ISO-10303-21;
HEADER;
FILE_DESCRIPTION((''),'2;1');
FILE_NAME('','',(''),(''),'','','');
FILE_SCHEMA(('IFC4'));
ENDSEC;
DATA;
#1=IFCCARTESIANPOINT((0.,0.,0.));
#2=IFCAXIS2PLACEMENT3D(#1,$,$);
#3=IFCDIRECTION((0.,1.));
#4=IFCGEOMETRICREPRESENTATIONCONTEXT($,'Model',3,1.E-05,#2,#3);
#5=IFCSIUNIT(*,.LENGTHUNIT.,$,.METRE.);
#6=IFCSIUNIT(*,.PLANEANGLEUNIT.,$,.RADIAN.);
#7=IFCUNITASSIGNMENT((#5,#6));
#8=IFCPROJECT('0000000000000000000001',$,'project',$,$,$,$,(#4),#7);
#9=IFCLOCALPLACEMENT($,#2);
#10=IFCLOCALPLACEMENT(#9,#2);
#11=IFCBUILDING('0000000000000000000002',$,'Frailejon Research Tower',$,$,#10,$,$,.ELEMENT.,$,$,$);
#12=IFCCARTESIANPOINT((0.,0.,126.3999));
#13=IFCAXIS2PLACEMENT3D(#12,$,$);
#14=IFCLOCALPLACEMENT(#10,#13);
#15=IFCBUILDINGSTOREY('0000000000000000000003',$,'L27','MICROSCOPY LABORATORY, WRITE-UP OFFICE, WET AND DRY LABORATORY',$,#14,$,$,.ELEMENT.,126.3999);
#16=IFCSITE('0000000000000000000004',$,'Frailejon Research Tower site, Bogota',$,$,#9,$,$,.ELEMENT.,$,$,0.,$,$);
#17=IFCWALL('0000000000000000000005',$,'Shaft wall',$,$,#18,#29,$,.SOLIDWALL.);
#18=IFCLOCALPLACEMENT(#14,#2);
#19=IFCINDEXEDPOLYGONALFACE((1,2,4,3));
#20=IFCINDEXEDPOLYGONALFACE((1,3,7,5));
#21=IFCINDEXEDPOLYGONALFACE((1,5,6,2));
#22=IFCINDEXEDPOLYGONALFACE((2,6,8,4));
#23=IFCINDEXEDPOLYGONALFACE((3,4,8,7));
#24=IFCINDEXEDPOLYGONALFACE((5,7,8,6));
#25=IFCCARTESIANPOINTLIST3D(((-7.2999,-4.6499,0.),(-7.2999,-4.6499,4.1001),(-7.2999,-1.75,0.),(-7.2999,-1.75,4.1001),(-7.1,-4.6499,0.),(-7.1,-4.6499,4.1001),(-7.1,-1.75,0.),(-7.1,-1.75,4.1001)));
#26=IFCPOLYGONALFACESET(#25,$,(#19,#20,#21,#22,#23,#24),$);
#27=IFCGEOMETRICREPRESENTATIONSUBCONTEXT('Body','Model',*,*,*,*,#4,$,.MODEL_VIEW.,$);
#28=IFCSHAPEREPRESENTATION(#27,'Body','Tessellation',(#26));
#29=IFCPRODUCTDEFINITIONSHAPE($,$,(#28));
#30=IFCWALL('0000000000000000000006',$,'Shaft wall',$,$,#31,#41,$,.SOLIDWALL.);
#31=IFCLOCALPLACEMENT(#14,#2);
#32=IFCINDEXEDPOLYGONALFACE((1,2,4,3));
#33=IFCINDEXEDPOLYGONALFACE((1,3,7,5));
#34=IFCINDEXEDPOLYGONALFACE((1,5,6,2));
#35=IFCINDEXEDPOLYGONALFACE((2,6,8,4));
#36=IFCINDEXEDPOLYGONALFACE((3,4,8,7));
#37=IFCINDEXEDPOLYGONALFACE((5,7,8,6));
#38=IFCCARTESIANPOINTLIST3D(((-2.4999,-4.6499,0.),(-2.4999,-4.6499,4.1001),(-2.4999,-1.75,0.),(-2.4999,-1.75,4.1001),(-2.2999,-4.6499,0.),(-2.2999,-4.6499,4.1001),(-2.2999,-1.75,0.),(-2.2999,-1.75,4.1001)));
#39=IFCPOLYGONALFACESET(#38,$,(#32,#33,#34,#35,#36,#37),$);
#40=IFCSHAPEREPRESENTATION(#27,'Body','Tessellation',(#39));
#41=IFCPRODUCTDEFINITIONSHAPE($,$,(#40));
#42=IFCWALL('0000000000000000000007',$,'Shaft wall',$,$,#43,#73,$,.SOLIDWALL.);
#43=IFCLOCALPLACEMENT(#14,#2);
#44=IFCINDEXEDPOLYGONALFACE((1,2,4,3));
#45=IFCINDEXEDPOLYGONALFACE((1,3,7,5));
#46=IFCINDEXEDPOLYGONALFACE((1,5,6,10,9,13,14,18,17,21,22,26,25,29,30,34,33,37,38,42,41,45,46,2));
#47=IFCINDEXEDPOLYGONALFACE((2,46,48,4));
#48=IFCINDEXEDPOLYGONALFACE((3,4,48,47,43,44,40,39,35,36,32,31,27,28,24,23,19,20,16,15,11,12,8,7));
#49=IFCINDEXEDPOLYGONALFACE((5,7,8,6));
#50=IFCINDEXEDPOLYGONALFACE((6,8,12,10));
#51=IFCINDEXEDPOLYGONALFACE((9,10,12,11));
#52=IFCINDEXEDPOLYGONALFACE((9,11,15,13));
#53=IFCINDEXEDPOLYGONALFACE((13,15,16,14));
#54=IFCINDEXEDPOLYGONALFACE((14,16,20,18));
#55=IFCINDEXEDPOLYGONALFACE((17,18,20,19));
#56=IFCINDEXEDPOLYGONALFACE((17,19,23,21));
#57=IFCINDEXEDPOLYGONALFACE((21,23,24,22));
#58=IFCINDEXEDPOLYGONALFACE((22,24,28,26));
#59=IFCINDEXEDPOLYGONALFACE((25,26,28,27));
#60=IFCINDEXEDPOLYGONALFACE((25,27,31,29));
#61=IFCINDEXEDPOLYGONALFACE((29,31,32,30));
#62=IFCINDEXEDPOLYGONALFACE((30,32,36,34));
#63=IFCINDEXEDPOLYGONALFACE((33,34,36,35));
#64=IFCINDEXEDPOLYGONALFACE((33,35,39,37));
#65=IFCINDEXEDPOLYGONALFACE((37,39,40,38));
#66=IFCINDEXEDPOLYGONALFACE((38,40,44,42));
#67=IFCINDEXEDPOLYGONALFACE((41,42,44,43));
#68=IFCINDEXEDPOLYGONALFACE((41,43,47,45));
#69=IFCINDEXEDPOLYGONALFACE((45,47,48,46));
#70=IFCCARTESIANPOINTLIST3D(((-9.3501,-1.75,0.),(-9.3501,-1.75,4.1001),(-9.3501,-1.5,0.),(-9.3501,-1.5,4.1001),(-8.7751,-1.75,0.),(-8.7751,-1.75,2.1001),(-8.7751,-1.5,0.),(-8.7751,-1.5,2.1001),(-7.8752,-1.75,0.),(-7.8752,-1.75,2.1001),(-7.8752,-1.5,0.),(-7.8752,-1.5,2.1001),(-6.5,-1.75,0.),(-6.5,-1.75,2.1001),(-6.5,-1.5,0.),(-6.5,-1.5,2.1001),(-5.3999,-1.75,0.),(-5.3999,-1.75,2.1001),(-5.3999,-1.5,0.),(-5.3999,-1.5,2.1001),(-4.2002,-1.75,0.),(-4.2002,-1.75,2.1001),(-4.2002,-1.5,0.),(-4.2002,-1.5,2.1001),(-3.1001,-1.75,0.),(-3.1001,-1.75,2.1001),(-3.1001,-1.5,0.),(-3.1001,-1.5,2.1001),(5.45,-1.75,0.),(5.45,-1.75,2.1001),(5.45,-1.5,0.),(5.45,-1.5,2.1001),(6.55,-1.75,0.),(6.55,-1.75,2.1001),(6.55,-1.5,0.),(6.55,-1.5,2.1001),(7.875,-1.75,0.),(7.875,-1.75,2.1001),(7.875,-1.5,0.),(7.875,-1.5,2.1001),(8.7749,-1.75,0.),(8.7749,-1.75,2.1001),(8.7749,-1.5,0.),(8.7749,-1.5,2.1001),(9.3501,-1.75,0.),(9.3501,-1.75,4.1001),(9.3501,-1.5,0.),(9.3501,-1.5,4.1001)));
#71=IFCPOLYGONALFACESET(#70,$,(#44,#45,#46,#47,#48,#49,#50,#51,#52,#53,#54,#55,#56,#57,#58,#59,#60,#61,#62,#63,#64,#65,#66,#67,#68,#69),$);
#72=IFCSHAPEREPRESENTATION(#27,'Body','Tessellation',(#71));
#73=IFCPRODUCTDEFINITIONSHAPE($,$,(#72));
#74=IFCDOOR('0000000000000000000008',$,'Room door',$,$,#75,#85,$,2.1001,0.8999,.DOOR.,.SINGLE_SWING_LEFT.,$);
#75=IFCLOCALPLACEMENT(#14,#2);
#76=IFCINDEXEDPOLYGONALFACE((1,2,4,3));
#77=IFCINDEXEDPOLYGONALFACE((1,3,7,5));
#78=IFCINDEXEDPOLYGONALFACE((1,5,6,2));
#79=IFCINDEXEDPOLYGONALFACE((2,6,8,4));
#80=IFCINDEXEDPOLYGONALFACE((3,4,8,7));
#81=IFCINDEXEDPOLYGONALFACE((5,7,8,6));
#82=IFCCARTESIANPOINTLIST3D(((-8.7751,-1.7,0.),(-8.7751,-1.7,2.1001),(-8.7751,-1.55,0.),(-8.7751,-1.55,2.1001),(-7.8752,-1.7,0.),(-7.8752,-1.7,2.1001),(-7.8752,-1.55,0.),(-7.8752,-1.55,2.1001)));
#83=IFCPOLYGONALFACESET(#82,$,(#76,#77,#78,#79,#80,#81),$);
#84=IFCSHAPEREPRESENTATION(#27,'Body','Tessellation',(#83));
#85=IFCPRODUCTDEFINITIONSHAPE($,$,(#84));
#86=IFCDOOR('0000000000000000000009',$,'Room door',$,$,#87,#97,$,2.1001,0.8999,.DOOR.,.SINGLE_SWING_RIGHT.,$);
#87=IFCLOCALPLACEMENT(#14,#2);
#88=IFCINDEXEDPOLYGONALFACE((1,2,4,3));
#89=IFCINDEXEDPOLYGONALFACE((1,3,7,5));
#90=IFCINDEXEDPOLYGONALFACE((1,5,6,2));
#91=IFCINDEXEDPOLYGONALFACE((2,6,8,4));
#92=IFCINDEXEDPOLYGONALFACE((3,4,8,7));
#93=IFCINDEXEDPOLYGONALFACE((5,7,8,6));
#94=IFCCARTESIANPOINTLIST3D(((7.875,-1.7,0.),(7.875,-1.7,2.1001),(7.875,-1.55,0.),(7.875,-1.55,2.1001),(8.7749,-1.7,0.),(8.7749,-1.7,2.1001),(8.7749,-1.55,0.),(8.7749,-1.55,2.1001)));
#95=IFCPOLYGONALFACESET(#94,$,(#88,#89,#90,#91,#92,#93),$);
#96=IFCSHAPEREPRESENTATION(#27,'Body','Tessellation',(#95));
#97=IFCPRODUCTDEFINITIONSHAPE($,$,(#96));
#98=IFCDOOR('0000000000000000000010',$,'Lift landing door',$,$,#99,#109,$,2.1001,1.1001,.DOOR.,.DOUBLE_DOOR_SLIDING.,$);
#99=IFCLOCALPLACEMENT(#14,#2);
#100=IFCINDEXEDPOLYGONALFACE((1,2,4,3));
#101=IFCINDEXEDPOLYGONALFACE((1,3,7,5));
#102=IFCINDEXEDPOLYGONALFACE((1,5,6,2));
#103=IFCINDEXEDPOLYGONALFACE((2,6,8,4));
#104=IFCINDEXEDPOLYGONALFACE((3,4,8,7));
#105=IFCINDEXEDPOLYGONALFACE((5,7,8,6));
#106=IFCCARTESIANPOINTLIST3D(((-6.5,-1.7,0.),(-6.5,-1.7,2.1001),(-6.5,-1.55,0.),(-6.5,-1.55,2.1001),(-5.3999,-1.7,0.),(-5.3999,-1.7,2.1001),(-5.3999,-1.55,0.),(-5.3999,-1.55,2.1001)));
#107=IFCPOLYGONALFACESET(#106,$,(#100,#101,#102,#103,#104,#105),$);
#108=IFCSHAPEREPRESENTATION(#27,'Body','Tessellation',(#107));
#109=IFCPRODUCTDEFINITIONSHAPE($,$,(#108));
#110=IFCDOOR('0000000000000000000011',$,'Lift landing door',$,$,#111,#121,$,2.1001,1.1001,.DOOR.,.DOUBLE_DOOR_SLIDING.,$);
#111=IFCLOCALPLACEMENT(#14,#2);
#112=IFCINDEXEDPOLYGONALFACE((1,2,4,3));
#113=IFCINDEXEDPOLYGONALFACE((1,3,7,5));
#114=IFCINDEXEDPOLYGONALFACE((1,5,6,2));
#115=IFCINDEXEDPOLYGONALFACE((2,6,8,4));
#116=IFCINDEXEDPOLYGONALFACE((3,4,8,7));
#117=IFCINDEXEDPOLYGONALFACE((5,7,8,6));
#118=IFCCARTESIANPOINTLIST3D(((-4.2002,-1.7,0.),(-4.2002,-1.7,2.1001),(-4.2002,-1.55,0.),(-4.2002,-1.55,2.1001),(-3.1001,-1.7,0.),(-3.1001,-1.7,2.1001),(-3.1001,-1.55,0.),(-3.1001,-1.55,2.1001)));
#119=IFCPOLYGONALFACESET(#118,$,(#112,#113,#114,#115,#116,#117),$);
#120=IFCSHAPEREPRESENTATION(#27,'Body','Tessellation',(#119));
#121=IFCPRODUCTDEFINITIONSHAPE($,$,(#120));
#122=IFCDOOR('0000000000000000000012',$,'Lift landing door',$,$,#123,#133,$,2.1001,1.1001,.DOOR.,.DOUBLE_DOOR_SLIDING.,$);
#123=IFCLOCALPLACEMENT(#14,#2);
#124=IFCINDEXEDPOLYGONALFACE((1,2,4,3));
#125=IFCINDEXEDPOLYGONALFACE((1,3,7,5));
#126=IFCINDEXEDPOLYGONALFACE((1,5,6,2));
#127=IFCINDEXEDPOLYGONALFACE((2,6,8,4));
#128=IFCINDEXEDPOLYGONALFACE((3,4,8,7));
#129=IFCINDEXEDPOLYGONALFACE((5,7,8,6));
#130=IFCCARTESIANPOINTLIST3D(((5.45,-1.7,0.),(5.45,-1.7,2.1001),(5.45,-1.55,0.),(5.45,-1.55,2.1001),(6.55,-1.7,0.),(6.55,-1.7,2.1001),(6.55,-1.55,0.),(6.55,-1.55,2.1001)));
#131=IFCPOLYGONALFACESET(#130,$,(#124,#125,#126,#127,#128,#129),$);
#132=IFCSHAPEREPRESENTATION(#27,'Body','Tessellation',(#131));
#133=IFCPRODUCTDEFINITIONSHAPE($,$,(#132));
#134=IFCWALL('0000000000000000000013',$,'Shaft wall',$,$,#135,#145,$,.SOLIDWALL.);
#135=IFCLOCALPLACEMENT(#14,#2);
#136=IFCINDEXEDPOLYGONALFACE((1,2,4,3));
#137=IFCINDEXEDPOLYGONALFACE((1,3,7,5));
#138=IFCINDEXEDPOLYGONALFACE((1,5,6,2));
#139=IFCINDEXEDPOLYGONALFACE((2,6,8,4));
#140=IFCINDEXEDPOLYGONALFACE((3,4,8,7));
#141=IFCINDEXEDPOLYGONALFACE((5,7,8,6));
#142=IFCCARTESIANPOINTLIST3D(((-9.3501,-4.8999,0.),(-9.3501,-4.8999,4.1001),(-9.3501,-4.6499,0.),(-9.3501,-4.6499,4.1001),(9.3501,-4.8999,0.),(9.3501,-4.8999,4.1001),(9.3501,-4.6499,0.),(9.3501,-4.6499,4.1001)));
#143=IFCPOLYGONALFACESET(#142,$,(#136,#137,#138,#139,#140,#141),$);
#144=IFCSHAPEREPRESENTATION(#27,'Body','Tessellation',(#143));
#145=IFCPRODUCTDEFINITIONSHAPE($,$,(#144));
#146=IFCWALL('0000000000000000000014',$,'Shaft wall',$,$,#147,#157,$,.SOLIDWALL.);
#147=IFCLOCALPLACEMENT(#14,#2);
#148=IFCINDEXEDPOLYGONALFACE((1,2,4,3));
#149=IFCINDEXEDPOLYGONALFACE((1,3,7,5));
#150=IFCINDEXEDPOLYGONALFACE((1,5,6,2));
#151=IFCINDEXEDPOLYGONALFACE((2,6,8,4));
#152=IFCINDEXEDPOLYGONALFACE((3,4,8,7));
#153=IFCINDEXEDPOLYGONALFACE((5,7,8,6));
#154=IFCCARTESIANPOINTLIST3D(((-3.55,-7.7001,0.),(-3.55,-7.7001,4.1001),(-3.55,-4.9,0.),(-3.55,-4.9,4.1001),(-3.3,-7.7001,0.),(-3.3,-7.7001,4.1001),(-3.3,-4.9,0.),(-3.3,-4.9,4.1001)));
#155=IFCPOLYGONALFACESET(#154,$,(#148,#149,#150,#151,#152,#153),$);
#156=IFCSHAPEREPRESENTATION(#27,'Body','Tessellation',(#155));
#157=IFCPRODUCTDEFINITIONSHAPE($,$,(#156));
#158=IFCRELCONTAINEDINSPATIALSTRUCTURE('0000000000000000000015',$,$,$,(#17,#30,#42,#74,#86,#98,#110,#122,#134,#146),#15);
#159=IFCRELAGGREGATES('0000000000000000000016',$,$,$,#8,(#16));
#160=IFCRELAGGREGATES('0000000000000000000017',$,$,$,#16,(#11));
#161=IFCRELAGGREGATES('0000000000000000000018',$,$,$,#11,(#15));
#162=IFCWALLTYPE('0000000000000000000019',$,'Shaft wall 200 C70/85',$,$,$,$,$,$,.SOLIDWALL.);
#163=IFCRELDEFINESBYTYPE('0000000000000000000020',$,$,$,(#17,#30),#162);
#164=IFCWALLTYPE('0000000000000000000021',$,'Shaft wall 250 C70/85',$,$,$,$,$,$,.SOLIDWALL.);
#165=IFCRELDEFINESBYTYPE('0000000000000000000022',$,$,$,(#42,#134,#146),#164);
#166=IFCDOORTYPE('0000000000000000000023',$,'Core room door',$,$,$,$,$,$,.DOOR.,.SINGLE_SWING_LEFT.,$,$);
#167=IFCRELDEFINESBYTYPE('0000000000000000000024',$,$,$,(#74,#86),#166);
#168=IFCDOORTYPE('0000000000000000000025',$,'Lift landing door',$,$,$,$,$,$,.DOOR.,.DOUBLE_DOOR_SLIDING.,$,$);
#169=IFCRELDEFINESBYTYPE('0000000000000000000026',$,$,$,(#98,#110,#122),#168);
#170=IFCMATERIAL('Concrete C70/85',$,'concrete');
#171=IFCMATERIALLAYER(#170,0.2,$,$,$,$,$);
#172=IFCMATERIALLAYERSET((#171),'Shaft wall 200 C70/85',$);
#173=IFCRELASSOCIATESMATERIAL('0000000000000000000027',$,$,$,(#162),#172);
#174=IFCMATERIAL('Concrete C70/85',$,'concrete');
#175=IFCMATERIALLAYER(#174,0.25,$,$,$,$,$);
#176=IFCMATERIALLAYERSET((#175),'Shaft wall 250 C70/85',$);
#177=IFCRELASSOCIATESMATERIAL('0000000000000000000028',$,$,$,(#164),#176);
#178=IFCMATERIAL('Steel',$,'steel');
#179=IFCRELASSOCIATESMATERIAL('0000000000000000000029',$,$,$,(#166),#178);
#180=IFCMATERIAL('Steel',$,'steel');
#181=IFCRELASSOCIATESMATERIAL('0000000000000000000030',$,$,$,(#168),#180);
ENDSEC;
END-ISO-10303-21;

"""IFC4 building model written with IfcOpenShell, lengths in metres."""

from ifc_helpers import new_model, si_unit, direction, frame, frame_2d, origin, place, context, subcontext, project, spatial, rectangle, extrude, material, layer, layer_set, type_object, element, fill, save


model = new_model("IFC4")

# Units and contexts
model_context = context("Model", 3, precision=1e-05, world=origin(), true_north=direction((0.0, 1.0)))
body_context = subcontext(model_context, "Body", "Model", "MODEL_VIEW")
ifc_project = project(units=[si_unit("LENGTHUNIT", "METRE"), si_unit("PLANEANGLEUNIT", "RADIAN")], contexts=[model_context])

# Site, building, storey
site_placement = place(None, origin())
site = spatial("IfcSite", under=ifc_project, at=site_placement, Name="Frailejon Research Tower site, Bogota", CompositionType="ELEMENT", RefElevation=0.0)
building_placement = place(site_placement, origin())
building = spatial("IfcBuilding", under=site, at=building_placement, Name="Frailejon Research Tower", CompositionType="ELEMENT")
storey_placement = place(building_placement, frame((0.0, 0.0, 126.3999)))
storey = spatial("IfcBuildingStorey", under=building, at=storey_placement, Name="L27", Description="MICROSCOPY LABORATORY, WRITE-UP OFFICE, WET AND DRY LABORATORY", CompositionType="ELEMENT", Elevation=126.3999)

# Walls
ifc_material_1 = material(Name="Concrete C70/85", Category="concrete")
ifc_layer_1 = layer(ifc_material_1, 0.2)
ifc_layer_set_1 = layer_set([ifc_layer_1], Name="Shaft wall 200 C70/85")
wall_type_1 = type_object("IfcWallType", Name="Shaft wall 200 C70/85", PredefinedType="SOLIDWALL", material=ifc_layer_set_1)
for number, where, z_axis, x_axis, name in (
    (1, (-7.2, -4.6499, 0.0), (0.0, 0.0, 1.0), (0.0, 1.0, 0.0), "Shaft wall"),
    (2, (-2.3999, -4.6499, 0.0), (0.0, 0.0, 1.0), (0.0, 1.0, 0.0), "Shaft wall"),
):
    element("IfcWall", number, at=place(storey_placement, frame(where, z_axis=z_axis, x_axis=x_axis)), inside=storey, type_object=wall_type_1, Name=name, PredefinedType="SOLIDWALL", context=body_context, shape_type="SweptSolid", body=[
        extrude(rectangle(XDim=2.8999, YDim=0.2, at=frame_2d((1.45, 0.0))), origin(), (0.0, 0.0, 1.0), 4.1001),
    ])

# Wall, openings, doors
ifc_material_2 = material(Name="Concrete C70/85", Category="concrete")
ifc_layer_2 = layer(ifc_material_2, 0.25)
ifc_layer_set_2 = layer_set([ifc_layer_2], Name="Shaft wall 250 C70/85")
wall_type_2 = type_object("IfcWallType", Name="Shaft wall 250 C70/85", PredefinedType="SOLIDWALL", material=ifc_layer_set_2)
wall_1_placement = place(storey_placement, frame((-9.3501, -1.625, 0.0), z_axis=(0.0, 0.0, 1.0), x_axis=(1.0, 0.0, 0.0)))
wall_1 = element("IfcWall", 3, at=wall_1_placement, inside=storey, type_object=wall_type_2, Name="Shaft wall", PredefinedType="SOLIDWALL", context=body_context, shape_type="SweptSolid", body=[
    extrude(rectangle(XDim=18.7002, YDim=0.25, at=frame_2d((9.3501, 0.0))), origin(), (0.0, 0.0, 1.0), 4.1001),
])
opening_1_placement = place(wall_1_placement, frame((2.8501, 0.0, 0.0)))
opening_1 = element("IfcOpeningElement", 4, at=opening_1_placement, cuts=wall_1, PredefinedType="OPENING", context=body_context, shape_type="SweptSolid", body=[
    extrude(rectangle(XDim=1.1001, YDim=2.1001, at=frame_2d((0.55, 1.05))), frame((0.0, 0.135, 0.0), z_axis=(0.0, -1.0, 0.0), x_axis=(1.0, 0.0, 0.0)), (0.0, 0.0, 1.0), 0.27),
])
opening_2_placement = place(wall_1_placement, frame((5.1499, 0.0, 0.0)))
opening_2 = element("IfcOpeningElement", 5, at=opening_2_placement, cuts=wall_1, PredefinedType="OPENING", context=body_context, shape_type="SweptSolid", body=[
    extrude(rectangle(XDim=1.1001, YDim=2.1001, at=frame_2d((0.55, 1.05))), frame((0.0, 0.135, 0.0), z_axis=(0.0, -1.0, 0.0), x_axis=(1.0, 0.0, 0.0)), (0.0, 0.0, 1.0), 0.27),
])
opening_3_placement = place(wall_1_placement, frame((14.8, 0.0, 0.0)))
opening_3 = element("IfcOpeningElement", 6, at=opening_3_placement, cuts=wall_1, PredefinedType="OPENING", context=body_context, shape_type="SweptSolid", body=[
    extrude(rectangle(XDim=1.1001, YDim=2.1001, at=frame_2d((0.55, 1.05))), frame((0.0, 0.135, 0.0), z_axis=(0.0, -1.0, 0.0), x_axis=(1.0, 0.0, 0.0)), (0.0, 0.0, 1.0), 0.27),
])
opening_4_placement = place(wall_1_placement, frame((0.575, 0.0, 0.0)))
opening_4 = element("IfcOpeningElement", 7, at=opening_4_placement, cuts=wall_1, PredefinedType="OPENING", context=body_context, shape_type="SweptSolid", body=[
    extrude(rectangle(XDim=0.8999, YDim=2.1001, at=frame_2d((0.45, 1.05))), frame((0.0, 0.135, 0.0), z_axis=(0.0, -1.0, 0.0), x_axis=(1.0, 0.0, 0.0)), (0.0, 0.0, 1.0), 0.27),
])
opening_5_placement = place(wall_1_placement, frame((17.2251, 0.0, 0.0)))
opening_5 = element("IfcOpeningElement", 8, at=opening_5_placement, cuts=wall_1, PredefinedType="OPENING", context=body_context, shape_type="SweptSolid", body=[
    extrude(rectangle(XDim=0.8999, YDim=2.1001, at=frame_2d((0.45, 1.05))), frame((0.0, 0.135, 0.0), z_axis=(0.0, -1.0, 0.0), x_axis=(1.0, 0.0, 0.0)), (0.0, 0.0, 1.0), 0.27),
])
ifc_material_3 = material(Name="Steel", Category="steel")
door_type_1 = type_object("IfcDoorType", Name="Core room door", OperationType="SINGLE_SWING_LEFT", PredefinedType="DOOR", material=ifc_material_3)
door_1_placement = place(opening_4_placement, origin())
door_1 = element("IfcDoor", 9, at=door_1_placement, inside=storey, type_object=door_type_1, Name="Room door", OperationType="SINGLE_SWING_LEFT", OverallHeight=2.1001, OverallWidth=0.8999, PredefinedType="DOOR", context=body_context, shape_type="SweptSolid", body=[
    extrude(rectangle(XDim=0.8999, YDim=2.1001, at=frame_2d((0.45, 1.05))), frame((0.0, 0.075, 0.0), z_axis=(0.0, -1.0, 0.0), x_axis=(1.0, 0.0, 0.0)), (0.0, 0.0, 1.0), 0.1499),
])
fill(opening_4, door_1)
door_2_placement = place(opening_5_placement, origin())
door_2 = element("IfcDoor", 10, at=door_2_placement, inside=storey, type_object=door_type_1, Name="Room door", OperationType="SINGLE_SWING_RIGHT", OverallHeight=2.1001, OverallWidth=0.8999, PredefinedType="DOOR", context=body_context, shape_type="SweptSolid", body=[
    extrude(rectangle(XDim=0.8999, YDim=2.1001, at=frame_2d((0.45, 1.05))), frame((0.0, 0.075, 0.0), z_axis=(0.0, -1.0, 0.0), x_axis=(1.0, 0.0, 0.0)), (0.0, 0.0, 1.0), 0.1499),
])
fill(opening_5, door_2)
ifc_material_4 = material(Name="Steel", Category="steel")
door_type_2 = type_object("IfcDoorType", Name="Lift landing door", OperationType="DOUBLE_DOOR_SLIDING", PredefinedType="DOOR", material=ifc_material_4)
door_3_placement = place(opening_1_placement, origin())
door_3 = element("IfcDoor", 11, at=door_3_placement, inside=storey, type_object=door_type_2, Name="Lift landing door", OperationType="DOUBLE_DOOR_SLIDING", OverallHeight=2.1001, OverallWidth=1.1001, PredefinedType="DOOR", context=body_context, shape_type="SweptSolid", body=[
    extrude(rectangle(XDim=1.1001, YDim=2.1001, at=frame_2d((0.55, 1.05))), frame((0.0, 0.075, 0.0), z_axis=(0.0, -1.0, 0.0), x_axis=(1.0, 0.0, 0.0)), (0.0, 0.0, 1.0), 0.1499),
])
fill(opening_1, door_3)
door_4_placement = place(opening_2_placement, origin())
door_4 = element("IfcDoor", 12, at=door_4_placement, inside=storey, type_object=door_type_2, Name="Lift landing door", OperationType="DOUBLE_DOOR_SLIDING", OverallHeight=2.1001, OverallWidth=1.1001, PredefinedType="DOOR", context=body_context, shape_type="SweptSolid", body=[
    extrude(rectangle(XDim=1.1001, YDim=2.1001, at=frame_2d((0.55, 1.05))), frame((0.0, 0.075, 0.0), z_axis=(0.0, -1.0, 0.0), x_axis=(1.0, 0.0, 0.0)), (0.0, 0.0, 1.0), 0.1499),
])
fill(opening_2, door_4)
door_5_placement = place(opening_3_placement, origin())
door_5 = element("IfcDoor", 13, at=door_5_placement, inside=storey, type_object=door_type_2, Name="Lift landing door", OperationType="DOUBLE_DOOR_SLIDING", OverallHeight=2.1001, OverallWidth=1.1001, PredefinedType="DOOR", context=body_context, shape_type="SweptSolid", body=[
    extrude(rectangle(XDim=1.1001, YDim=2.1001, at=frame_2d((0.55, 1.05))), frame((0.0, 0.075, 0.0), z_axis=(0.0, -1.0, 0.0), x_axis=(1.0, 0.0, 0.0)), (0.0, 0.0, 1.0), 0.1499),
])
fill(opening_3, door_5)

# Walls
wall_2_placement = place(storey_placement, frame((-9.3501, -4.7749, 0.0), z_axis=(0.0, 0.0, 1.0), x_axis=(1.0, 0.0, 0.0)))
element("IfcWall", 14, at=wall_2_placement, inside=storey, type_object=wall_type_2, Name="Shaft wall", PredefinedType="SOLIDWALL", context=body_context, shape_type="SweptSolid", body=[
    extrude(rectangle(XDim=18.7002, YDim=0.25, at=frame_2d((9.3501, 0.0))), origin(), (0.0, 0.0, 1.0), 4.1001),
])
wall_3_placement = place(storey_placement, frame((-3.425, -7.7, 0.0), z_axis=(0.0, 0.0, 1.0), x_axis=(0.0, 1.0, 0.0)))
element("IfcWall", 15, at=wall_3_placement, inside=storey, type_object=wall_type_2, Name="Shaft wall", PredefinedType="SOLIDWALL", context=body_context, shape_type="SweptSolid", body=[
    extrude(rectangle(XDim=2.8, YDim=0.25, at=frame_2d((1.3999, 0.0))), origin(), (0.0, 0.0, 1.0), 4.1001),
])

save(model, "model.ifc")
